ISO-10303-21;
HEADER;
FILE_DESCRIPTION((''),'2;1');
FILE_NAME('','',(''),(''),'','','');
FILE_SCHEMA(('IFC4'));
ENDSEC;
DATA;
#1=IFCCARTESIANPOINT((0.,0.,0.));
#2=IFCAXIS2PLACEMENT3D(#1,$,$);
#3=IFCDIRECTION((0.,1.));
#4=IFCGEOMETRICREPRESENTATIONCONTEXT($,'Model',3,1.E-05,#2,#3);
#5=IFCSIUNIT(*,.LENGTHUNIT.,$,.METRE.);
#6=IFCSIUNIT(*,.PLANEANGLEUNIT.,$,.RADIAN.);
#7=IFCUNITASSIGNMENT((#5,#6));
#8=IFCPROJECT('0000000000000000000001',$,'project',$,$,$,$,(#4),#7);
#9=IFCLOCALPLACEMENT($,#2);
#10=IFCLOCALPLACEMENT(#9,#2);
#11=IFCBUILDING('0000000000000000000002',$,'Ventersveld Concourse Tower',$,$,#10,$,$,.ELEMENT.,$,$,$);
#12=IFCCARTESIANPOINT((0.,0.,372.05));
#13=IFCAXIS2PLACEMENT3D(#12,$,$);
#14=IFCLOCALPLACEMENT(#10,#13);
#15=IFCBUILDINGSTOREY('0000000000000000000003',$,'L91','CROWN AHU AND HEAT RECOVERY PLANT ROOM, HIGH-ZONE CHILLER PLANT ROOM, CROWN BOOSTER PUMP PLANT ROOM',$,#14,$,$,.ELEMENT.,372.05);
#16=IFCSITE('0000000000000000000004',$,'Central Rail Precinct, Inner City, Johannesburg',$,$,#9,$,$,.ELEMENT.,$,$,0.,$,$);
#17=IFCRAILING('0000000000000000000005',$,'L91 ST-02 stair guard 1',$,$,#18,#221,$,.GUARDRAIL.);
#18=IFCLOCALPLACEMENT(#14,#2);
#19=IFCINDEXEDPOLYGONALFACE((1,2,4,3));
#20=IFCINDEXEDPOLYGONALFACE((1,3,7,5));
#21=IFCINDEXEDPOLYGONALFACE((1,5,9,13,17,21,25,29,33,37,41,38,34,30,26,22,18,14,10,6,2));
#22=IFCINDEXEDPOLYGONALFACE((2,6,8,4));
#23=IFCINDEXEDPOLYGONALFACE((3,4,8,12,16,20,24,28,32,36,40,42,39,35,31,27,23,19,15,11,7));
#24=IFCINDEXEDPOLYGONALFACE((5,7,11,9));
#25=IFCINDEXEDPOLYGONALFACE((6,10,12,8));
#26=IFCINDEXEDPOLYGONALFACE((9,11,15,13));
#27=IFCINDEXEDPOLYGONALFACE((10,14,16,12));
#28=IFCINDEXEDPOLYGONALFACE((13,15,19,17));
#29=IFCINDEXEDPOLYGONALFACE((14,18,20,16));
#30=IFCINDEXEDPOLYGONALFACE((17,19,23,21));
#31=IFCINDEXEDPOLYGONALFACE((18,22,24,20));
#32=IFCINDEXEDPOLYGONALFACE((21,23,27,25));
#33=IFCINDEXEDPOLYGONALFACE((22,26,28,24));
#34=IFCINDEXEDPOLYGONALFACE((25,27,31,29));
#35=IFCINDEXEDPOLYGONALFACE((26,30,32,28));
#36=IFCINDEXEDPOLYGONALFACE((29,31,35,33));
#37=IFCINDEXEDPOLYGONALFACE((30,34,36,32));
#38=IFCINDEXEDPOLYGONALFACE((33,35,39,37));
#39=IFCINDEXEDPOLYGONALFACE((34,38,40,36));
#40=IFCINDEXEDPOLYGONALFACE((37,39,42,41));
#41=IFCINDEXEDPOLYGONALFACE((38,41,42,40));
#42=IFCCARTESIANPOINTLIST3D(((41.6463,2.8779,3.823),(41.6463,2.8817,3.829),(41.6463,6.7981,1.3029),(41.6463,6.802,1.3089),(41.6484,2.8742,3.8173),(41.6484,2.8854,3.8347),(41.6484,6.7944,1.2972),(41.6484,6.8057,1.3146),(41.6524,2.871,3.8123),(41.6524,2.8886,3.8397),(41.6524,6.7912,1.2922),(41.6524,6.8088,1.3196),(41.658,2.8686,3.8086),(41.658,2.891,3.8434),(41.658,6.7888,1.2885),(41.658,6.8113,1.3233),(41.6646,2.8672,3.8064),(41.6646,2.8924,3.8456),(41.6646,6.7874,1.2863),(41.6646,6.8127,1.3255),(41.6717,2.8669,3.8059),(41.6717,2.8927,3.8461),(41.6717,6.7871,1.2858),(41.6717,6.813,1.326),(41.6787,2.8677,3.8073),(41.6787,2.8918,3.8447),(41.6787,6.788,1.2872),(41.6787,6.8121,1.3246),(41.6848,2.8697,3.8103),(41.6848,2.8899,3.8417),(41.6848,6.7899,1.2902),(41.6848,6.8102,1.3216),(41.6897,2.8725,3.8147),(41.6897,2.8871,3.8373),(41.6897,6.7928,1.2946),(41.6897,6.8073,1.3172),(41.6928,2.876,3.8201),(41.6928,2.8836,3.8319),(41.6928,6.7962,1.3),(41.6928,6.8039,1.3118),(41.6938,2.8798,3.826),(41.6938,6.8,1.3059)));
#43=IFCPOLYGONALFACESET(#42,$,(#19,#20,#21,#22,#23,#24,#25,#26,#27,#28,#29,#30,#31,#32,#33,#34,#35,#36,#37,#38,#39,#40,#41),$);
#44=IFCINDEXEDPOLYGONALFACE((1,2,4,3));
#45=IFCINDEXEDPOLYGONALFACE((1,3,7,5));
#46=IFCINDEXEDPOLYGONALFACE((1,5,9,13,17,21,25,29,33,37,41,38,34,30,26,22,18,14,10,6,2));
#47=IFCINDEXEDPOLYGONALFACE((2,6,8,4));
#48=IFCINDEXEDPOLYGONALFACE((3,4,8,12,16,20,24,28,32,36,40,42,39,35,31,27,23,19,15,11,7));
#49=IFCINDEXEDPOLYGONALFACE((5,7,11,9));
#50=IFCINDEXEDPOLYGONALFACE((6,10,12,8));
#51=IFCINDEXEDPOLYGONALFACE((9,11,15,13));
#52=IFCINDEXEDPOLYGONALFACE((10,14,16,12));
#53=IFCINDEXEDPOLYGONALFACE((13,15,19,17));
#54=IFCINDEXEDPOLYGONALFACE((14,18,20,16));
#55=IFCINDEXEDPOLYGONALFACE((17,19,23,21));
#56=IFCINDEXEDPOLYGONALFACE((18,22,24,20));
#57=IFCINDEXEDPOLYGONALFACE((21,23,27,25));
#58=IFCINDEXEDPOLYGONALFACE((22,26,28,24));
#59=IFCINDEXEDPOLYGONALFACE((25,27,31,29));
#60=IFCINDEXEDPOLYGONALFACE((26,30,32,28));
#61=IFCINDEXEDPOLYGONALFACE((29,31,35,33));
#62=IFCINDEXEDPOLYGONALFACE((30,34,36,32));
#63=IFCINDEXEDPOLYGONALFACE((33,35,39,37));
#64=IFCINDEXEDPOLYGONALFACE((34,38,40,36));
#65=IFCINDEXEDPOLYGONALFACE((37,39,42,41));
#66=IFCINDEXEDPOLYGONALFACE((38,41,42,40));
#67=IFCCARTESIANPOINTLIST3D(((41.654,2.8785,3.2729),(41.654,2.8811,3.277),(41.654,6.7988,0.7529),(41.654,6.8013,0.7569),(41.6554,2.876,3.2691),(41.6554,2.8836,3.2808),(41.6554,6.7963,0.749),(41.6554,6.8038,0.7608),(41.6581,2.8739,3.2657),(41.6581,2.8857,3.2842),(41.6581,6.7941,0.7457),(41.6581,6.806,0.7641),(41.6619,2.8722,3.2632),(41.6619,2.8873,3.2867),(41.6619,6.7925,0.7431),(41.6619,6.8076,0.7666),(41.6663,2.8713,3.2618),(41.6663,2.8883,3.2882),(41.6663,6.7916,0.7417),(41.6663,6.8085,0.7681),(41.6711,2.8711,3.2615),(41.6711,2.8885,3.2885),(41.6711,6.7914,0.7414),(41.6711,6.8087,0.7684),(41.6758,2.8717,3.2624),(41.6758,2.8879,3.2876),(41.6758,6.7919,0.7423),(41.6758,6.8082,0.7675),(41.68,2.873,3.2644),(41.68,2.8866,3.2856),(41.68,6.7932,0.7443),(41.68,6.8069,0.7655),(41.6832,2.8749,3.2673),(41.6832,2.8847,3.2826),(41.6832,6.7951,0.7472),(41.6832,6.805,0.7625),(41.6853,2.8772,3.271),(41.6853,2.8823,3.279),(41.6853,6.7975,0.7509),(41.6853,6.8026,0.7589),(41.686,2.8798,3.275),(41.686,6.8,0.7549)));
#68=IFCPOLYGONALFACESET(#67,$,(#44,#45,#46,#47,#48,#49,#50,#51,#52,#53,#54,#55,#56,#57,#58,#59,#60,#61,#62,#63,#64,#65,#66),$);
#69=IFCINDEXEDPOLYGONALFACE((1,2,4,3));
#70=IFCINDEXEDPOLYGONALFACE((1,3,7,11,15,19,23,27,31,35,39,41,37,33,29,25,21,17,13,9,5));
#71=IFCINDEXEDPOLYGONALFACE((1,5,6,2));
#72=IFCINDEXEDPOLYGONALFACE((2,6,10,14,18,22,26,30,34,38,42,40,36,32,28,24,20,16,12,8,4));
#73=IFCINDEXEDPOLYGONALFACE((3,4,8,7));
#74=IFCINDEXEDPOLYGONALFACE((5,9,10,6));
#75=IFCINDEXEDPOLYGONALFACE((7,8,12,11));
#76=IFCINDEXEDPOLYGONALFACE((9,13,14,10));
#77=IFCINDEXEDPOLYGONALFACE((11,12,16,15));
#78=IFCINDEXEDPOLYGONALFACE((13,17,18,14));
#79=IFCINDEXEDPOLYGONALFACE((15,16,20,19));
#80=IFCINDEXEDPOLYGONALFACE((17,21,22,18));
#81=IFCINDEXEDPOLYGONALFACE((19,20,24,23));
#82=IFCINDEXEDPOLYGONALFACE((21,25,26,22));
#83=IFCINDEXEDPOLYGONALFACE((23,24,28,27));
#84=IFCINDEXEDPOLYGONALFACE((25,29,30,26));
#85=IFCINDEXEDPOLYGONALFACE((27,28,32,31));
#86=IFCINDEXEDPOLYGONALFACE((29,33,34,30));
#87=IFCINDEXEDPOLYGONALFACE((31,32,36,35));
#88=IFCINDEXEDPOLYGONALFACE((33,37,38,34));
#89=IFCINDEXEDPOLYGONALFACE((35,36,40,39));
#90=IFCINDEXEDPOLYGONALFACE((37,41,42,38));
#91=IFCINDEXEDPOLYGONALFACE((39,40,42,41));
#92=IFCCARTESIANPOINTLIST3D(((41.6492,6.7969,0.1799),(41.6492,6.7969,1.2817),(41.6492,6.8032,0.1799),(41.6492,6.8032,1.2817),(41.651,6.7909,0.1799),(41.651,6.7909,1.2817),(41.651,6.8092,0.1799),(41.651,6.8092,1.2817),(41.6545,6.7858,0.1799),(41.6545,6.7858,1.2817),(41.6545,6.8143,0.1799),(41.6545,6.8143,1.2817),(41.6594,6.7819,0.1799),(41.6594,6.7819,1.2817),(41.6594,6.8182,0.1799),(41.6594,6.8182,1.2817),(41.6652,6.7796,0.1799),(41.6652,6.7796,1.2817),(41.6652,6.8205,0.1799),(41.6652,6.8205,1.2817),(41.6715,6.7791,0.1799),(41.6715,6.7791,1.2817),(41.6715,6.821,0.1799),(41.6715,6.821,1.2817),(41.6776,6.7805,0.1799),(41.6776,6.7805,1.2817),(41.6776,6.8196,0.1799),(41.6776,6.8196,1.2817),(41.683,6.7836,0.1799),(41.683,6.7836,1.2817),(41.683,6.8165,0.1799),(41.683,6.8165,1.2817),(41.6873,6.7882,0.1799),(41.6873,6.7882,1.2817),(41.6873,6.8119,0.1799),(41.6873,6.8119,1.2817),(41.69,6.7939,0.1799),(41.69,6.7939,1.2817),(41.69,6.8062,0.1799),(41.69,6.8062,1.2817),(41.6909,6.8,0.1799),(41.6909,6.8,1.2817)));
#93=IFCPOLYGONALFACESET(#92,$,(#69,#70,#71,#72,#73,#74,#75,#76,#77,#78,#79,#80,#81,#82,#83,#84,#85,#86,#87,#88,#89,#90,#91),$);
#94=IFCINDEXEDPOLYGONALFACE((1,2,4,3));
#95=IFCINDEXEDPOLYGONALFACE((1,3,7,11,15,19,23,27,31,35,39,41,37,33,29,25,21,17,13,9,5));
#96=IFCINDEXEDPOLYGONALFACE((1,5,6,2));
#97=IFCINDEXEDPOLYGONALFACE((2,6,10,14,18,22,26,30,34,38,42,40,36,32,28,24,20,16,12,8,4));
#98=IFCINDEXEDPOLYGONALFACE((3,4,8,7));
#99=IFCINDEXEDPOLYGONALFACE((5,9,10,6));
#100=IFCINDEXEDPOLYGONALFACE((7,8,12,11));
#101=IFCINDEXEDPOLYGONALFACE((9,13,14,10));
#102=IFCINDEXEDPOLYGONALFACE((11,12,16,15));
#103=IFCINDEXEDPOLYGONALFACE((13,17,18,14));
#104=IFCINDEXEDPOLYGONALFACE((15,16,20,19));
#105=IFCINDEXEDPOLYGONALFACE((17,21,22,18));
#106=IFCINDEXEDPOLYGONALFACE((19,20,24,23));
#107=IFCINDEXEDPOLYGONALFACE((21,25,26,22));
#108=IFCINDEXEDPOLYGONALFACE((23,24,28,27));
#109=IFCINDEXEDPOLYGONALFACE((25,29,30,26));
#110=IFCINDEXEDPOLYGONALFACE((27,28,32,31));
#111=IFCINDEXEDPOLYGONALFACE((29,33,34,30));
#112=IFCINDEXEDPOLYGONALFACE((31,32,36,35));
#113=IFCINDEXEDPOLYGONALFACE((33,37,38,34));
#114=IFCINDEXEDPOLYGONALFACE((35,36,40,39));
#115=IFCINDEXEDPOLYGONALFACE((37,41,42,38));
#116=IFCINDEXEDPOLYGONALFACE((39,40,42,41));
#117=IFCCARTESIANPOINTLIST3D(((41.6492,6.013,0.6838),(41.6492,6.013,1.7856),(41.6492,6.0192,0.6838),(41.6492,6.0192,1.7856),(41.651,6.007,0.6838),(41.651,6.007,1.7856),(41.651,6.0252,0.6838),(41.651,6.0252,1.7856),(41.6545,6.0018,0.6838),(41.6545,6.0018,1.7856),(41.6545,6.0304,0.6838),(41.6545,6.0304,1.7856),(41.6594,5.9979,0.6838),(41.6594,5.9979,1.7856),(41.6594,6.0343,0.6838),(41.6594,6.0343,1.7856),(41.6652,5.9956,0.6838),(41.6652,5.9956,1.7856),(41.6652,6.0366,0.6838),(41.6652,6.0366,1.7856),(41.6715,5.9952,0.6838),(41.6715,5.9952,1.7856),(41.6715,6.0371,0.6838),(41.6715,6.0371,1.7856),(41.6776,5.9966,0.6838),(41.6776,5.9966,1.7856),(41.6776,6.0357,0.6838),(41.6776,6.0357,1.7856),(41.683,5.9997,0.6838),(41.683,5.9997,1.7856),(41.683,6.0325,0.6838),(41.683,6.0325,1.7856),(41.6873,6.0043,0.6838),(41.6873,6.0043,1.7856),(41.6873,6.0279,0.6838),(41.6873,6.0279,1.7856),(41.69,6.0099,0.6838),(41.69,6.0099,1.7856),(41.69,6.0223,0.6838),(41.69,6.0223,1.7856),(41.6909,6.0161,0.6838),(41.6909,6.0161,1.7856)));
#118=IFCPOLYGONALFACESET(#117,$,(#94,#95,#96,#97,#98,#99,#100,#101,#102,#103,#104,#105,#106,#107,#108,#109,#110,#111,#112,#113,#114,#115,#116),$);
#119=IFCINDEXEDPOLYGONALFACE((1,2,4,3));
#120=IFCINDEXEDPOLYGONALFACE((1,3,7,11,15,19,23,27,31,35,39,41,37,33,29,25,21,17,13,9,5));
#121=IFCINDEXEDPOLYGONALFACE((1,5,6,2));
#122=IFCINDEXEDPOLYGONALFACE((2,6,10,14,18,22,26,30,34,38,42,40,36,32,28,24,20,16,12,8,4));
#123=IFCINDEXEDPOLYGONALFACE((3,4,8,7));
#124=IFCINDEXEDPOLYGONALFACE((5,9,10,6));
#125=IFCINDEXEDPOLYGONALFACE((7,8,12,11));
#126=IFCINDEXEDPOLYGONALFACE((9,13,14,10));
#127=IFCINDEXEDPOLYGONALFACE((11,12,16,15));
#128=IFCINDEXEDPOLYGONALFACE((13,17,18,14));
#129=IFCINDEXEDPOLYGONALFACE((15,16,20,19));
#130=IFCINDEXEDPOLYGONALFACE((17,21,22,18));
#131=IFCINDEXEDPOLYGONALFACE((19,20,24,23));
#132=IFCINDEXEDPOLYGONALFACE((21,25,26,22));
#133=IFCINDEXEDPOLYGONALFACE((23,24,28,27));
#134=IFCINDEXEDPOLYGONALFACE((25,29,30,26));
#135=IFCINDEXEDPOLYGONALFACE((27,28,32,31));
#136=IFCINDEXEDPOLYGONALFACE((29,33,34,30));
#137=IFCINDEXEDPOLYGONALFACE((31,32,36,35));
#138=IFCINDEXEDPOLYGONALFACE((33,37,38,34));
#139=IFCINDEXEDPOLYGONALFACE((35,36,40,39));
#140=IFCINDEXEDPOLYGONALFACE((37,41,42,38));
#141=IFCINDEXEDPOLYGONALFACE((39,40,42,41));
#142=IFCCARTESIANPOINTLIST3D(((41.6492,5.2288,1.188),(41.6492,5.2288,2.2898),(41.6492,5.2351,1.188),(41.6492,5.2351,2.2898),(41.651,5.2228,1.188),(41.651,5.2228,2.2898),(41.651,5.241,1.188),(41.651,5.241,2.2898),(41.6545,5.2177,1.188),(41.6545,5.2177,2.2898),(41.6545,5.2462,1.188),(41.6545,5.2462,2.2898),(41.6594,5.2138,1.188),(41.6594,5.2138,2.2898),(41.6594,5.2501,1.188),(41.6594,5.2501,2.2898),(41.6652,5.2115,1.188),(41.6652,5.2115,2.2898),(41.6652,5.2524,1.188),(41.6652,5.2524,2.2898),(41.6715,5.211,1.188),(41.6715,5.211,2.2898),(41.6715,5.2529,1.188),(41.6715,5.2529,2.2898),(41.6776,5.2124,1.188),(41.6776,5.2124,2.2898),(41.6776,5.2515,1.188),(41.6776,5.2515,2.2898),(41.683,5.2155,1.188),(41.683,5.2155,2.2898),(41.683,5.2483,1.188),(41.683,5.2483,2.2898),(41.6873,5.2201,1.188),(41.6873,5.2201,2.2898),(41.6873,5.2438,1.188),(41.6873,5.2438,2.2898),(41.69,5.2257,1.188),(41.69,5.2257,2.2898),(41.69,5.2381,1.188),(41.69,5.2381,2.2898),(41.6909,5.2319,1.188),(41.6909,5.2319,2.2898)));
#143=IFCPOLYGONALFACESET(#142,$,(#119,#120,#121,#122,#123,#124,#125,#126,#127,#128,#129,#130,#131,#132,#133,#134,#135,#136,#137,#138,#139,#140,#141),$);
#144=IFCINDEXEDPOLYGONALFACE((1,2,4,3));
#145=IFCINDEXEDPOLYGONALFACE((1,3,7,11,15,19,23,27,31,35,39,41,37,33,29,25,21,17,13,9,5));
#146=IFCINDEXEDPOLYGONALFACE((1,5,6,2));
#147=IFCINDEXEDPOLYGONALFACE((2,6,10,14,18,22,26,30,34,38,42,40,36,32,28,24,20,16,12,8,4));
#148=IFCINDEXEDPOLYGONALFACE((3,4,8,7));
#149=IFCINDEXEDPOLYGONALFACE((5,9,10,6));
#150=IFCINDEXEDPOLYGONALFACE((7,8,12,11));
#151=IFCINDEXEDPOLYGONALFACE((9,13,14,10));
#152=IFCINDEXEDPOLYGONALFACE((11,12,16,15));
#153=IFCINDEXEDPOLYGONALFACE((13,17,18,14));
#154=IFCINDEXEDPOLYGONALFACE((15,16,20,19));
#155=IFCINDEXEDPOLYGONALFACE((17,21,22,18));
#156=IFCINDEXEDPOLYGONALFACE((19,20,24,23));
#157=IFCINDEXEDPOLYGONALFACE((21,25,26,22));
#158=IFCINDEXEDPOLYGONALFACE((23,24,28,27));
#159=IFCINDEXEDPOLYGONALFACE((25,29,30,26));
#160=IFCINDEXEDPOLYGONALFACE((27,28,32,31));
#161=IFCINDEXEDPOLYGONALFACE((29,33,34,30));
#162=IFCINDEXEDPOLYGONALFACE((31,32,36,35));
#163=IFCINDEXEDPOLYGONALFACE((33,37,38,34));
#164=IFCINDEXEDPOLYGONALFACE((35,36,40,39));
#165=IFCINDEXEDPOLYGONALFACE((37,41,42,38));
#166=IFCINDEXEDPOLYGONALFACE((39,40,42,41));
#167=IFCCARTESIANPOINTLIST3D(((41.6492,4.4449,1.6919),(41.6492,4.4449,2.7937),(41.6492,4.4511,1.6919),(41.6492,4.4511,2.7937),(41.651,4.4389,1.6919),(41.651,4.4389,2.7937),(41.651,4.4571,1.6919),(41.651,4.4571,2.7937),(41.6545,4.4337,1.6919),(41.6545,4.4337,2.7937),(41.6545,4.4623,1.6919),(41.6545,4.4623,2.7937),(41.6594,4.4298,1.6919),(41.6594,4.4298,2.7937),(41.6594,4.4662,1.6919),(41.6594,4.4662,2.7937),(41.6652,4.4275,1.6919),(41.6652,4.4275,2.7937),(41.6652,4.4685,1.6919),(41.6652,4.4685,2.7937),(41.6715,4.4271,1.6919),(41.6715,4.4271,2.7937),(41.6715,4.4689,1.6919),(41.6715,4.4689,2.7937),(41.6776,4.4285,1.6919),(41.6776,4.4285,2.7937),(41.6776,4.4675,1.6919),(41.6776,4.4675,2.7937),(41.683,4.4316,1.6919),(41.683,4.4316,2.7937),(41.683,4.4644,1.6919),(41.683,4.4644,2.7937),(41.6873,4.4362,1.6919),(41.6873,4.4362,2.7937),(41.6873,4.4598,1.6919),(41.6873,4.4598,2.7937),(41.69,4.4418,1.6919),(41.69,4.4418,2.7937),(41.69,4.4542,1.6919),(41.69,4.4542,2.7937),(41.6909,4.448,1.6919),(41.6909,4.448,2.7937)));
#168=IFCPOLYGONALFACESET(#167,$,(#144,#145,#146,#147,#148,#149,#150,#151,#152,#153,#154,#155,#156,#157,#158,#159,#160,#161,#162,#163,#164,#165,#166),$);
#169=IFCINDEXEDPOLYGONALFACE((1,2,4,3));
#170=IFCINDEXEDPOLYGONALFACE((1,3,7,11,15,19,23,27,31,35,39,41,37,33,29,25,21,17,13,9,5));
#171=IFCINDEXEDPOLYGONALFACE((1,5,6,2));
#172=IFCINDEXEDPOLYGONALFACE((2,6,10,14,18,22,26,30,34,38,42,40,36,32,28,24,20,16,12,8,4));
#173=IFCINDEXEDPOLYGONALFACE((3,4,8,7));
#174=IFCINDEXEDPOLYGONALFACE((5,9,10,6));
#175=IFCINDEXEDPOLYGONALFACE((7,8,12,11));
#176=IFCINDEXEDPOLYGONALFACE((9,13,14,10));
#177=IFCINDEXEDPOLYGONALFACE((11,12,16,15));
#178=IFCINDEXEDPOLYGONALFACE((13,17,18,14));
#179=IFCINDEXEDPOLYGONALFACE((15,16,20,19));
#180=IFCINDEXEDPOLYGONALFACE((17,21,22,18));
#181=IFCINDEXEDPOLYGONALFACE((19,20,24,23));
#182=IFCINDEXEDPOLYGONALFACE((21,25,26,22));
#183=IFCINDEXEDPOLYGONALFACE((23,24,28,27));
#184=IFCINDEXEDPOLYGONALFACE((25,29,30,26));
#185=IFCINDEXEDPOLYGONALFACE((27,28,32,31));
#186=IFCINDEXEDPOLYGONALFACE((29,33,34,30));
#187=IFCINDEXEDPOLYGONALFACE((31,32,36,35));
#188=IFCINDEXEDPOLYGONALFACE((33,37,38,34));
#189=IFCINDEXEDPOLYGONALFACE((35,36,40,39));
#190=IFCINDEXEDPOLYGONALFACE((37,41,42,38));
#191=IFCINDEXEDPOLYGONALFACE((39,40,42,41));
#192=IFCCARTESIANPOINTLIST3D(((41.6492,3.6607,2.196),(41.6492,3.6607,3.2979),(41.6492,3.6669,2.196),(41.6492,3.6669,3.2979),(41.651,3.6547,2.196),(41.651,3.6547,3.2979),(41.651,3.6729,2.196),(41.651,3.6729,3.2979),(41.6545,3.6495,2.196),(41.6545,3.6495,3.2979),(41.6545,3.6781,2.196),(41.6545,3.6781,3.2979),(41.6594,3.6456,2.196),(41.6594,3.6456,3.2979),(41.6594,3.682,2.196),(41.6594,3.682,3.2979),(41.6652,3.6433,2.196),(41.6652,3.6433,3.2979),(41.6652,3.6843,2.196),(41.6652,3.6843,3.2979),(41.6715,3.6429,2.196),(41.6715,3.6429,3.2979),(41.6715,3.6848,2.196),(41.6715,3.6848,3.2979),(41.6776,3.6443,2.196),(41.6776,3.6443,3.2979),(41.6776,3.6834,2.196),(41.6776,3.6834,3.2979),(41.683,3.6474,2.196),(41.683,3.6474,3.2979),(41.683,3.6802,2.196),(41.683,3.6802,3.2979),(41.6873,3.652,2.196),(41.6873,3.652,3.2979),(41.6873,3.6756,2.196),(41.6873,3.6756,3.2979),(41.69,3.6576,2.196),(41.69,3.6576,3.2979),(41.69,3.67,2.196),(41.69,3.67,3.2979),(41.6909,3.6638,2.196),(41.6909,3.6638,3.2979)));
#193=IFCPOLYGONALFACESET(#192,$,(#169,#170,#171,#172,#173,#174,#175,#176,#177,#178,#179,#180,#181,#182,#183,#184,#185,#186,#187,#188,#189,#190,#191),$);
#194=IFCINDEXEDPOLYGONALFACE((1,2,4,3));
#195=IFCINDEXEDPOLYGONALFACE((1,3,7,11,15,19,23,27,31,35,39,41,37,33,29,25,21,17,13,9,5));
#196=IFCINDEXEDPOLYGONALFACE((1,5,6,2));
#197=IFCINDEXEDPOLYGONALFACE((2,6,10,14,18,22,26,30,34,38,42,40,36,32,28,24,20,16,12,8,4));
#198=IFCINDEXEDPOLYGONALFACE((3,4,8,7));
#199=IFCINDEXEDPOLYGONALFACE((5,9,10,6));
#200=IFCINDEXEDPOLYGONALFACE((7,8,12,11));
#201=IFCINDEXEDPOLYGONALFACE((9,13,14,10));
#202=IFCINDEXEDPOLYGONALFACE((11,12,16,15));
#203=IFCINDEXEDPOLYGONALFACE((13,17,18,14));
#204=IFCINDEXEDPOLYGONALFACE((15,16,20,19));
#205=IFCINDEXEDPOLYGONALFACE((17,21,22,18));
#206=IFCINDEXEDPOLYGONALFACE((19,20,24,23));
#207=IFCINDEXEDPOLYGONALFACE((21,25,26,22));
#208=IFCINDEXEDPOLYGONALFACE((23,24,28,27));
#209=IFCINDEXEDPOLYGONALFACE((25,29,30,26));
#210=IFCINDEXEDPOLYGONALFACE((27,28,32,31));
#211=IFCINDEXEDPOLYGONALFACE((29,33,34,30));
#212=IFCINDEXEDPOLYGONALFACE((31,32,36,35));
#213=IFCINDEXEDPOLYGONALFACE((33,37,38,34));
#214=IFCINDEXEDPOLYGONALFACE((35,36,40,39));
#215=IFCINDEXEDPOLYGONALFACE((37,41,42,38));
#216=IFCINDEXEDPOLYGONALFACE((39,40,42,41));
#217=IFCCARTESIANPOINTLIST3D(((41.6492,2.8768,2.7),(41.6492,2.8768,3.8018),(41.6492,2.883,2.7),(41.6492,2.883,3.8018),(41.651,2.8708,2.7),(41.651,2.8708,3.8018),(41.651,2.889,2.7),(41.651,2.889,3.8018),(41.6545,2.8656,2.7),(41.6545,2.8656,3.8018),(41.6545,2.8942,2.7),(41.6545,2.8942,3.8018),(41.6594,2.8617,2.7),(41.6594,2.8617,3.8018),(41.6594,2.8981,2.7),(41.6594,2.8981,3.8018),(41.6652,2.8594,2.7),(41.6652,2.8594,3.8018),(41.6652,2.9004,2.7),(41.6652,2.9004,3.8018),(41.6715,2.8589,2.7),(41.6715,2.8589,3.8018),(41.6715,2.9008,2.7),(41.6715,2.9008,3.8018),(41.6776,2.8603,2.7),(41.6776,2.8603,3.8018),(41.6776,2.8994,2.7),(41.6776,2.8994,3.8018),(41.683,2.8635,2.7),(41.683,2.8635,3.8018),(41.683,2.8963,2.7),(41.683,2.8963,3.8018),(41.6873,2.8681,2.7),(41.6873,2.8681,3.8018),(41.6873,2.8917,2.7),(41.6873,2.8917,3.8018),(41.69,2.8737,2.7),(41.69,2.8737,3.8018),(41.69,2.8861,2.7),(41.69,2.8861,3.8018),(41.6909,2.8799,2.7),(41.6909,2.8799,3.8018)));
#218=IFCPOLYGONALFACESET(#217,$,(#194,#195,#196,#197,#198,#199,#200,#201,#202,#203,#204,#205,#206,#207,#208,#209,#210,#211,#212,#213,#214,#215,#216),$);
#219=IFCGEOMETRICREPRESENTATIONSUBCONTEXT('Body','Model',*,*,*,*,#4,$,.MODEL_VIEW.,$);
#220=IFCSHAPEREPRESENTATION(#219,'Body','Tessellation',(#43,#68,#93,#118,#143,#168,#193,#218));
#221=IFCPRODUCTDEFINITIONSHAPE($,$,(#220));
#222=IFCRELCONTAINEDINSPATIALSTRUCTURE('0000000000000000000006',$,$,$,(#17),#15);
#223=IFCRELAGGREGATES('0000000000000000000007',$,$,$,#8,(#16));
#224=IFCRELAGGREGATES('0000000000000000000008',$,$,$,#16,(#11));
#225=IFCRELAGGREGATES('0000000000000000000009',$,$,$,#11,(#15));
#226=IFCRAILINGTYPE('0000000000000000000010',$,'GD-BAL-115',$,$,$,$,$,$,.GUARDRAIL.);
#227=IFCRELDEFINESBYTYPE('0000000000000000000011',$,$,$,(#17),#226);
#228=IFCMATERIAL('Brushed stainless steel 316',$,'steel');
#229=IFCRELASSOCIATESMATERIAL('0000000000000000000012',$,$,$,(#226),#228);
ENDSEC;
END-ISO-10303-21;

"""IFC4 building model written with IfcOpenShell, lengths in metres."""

from ifc_helpers import new_model, si_unit, direction, frame, origin, origin_2d, place, context, subcontext, project, spatial, circle, extrude, material, type_object, element, save


model = new_model("IFC4")

# Units and contexts
model_context = context("Model", 3, precision=1e-05, world=origin(), true_north=direction((0.0, 1.0)))
body_context = subcontext(model_context, "Body", "Model", "MODEL_VIEW")
ifc_project = project(units=[si_unit("LENGTHUNIT", "METRE"), si_unit("PLANEANGLEUNIT", "RADIAN")], contexts=[model_context])

# Site, building, storey
site_placement = place(None, origin())
site = spatial("IfcSite", under=ifc_project, at=site_placement, Name="Central Rail Precinct, Inner City, Johannesburg", CompositionType="ELEMENT", RefElevation=0.0)
building_placement = place(site_placement, origin())
building = spatial("IfcBuilding", under=site, at=building_placement, Name="Ventersveld Concourse Tower", CompositionType="ELEMENT")
storey_placement = place(building_placement, frame((0.0, 0.0, 372.05)))
storey = spatial("IfcBuildingStorey", under=building, at=storey_placement, Name="L91", Description="CROWN AHU AND HEAT RECOVERY PLANT ROOM, HIGH-ZONE CHILLER PLANT ROOM, CROWN BOOSTER PUMP PLANT ROOM", CompositionType="ELEMENT", Elevation=372.05)

# Shared definitions
ifc_material_1 = material(Name="Brushed stainless steel 316", Category="steel")

# Railing
railing_type_1 = type_object("IfcRailingType", Name="GD-BAL-115", PredefinedType="GUARDRAIL", material=ifc_material_1)
railing_1_placement = place(storey_placement, frame((41.6699, 6.8, 0.1799)))
element("IfcRailing", 1, at=railing_1_placement, inside=storey, type_object=railing_type_1, Name="L91 ST-02 stair guard 1", PredefinedType="GUARDRAIL", context=body_context, shape_type="SweptSolid", body=[
    extrude(circle(Radius=0.0239, at=origin_2d()), frame((0.0, 0.0, 1.126), z_axis=(0.0, -0.841187, 0.540744), x_axis=(1.0, 0.0, 0.0)), (0.0, 0.0, 1.0), 4.6604),
    extrude(circle(Radius=0.0161, at=origin_2d()), frame((0.0, 0.0, 0.575), z_axis=(0.0, -0.841187, 0.540744), x_axis=(1.0, 0.0, 0.0)), (0.0, 0.0, 1.0), 4.6604),
    extrude(circle(Radius=0.021, at=origin_2d()), origin(), (0.0, 0.0, 1.0), 1.1018),
    extrude(circle(Radius=0.021, at=origin_2d()), frame((0.0, -0.7839, 0.5039)), (0.0, 0.0, 1.0), 1.1018),
    extrude(circle(Radius=0.021, at=origin_2d()), frame((0.0, -1.5681, 1.0081)), (0.0, 0.0, 1.0), 1.1018),
    extrude(circle(Radius=0.021, at=origin_2d()), frame((0.0, -2.3521, 1.512)), (0.0, 0.0, 1.0), 1.1018),
    extrude(circle(Radius=0.021, at=origin_2d()), frame((0.0, -3.1362, 2.0161)), (0.0, 0.0, 1.0), 1.1018),
    extrude(circle(Radius=0.021, at=origin_2d()), frame((0.0, -3.9202, 2.52)), (0.0, 0.0, 1.0), 1.1018),
])

save(model, "model.ifc")
